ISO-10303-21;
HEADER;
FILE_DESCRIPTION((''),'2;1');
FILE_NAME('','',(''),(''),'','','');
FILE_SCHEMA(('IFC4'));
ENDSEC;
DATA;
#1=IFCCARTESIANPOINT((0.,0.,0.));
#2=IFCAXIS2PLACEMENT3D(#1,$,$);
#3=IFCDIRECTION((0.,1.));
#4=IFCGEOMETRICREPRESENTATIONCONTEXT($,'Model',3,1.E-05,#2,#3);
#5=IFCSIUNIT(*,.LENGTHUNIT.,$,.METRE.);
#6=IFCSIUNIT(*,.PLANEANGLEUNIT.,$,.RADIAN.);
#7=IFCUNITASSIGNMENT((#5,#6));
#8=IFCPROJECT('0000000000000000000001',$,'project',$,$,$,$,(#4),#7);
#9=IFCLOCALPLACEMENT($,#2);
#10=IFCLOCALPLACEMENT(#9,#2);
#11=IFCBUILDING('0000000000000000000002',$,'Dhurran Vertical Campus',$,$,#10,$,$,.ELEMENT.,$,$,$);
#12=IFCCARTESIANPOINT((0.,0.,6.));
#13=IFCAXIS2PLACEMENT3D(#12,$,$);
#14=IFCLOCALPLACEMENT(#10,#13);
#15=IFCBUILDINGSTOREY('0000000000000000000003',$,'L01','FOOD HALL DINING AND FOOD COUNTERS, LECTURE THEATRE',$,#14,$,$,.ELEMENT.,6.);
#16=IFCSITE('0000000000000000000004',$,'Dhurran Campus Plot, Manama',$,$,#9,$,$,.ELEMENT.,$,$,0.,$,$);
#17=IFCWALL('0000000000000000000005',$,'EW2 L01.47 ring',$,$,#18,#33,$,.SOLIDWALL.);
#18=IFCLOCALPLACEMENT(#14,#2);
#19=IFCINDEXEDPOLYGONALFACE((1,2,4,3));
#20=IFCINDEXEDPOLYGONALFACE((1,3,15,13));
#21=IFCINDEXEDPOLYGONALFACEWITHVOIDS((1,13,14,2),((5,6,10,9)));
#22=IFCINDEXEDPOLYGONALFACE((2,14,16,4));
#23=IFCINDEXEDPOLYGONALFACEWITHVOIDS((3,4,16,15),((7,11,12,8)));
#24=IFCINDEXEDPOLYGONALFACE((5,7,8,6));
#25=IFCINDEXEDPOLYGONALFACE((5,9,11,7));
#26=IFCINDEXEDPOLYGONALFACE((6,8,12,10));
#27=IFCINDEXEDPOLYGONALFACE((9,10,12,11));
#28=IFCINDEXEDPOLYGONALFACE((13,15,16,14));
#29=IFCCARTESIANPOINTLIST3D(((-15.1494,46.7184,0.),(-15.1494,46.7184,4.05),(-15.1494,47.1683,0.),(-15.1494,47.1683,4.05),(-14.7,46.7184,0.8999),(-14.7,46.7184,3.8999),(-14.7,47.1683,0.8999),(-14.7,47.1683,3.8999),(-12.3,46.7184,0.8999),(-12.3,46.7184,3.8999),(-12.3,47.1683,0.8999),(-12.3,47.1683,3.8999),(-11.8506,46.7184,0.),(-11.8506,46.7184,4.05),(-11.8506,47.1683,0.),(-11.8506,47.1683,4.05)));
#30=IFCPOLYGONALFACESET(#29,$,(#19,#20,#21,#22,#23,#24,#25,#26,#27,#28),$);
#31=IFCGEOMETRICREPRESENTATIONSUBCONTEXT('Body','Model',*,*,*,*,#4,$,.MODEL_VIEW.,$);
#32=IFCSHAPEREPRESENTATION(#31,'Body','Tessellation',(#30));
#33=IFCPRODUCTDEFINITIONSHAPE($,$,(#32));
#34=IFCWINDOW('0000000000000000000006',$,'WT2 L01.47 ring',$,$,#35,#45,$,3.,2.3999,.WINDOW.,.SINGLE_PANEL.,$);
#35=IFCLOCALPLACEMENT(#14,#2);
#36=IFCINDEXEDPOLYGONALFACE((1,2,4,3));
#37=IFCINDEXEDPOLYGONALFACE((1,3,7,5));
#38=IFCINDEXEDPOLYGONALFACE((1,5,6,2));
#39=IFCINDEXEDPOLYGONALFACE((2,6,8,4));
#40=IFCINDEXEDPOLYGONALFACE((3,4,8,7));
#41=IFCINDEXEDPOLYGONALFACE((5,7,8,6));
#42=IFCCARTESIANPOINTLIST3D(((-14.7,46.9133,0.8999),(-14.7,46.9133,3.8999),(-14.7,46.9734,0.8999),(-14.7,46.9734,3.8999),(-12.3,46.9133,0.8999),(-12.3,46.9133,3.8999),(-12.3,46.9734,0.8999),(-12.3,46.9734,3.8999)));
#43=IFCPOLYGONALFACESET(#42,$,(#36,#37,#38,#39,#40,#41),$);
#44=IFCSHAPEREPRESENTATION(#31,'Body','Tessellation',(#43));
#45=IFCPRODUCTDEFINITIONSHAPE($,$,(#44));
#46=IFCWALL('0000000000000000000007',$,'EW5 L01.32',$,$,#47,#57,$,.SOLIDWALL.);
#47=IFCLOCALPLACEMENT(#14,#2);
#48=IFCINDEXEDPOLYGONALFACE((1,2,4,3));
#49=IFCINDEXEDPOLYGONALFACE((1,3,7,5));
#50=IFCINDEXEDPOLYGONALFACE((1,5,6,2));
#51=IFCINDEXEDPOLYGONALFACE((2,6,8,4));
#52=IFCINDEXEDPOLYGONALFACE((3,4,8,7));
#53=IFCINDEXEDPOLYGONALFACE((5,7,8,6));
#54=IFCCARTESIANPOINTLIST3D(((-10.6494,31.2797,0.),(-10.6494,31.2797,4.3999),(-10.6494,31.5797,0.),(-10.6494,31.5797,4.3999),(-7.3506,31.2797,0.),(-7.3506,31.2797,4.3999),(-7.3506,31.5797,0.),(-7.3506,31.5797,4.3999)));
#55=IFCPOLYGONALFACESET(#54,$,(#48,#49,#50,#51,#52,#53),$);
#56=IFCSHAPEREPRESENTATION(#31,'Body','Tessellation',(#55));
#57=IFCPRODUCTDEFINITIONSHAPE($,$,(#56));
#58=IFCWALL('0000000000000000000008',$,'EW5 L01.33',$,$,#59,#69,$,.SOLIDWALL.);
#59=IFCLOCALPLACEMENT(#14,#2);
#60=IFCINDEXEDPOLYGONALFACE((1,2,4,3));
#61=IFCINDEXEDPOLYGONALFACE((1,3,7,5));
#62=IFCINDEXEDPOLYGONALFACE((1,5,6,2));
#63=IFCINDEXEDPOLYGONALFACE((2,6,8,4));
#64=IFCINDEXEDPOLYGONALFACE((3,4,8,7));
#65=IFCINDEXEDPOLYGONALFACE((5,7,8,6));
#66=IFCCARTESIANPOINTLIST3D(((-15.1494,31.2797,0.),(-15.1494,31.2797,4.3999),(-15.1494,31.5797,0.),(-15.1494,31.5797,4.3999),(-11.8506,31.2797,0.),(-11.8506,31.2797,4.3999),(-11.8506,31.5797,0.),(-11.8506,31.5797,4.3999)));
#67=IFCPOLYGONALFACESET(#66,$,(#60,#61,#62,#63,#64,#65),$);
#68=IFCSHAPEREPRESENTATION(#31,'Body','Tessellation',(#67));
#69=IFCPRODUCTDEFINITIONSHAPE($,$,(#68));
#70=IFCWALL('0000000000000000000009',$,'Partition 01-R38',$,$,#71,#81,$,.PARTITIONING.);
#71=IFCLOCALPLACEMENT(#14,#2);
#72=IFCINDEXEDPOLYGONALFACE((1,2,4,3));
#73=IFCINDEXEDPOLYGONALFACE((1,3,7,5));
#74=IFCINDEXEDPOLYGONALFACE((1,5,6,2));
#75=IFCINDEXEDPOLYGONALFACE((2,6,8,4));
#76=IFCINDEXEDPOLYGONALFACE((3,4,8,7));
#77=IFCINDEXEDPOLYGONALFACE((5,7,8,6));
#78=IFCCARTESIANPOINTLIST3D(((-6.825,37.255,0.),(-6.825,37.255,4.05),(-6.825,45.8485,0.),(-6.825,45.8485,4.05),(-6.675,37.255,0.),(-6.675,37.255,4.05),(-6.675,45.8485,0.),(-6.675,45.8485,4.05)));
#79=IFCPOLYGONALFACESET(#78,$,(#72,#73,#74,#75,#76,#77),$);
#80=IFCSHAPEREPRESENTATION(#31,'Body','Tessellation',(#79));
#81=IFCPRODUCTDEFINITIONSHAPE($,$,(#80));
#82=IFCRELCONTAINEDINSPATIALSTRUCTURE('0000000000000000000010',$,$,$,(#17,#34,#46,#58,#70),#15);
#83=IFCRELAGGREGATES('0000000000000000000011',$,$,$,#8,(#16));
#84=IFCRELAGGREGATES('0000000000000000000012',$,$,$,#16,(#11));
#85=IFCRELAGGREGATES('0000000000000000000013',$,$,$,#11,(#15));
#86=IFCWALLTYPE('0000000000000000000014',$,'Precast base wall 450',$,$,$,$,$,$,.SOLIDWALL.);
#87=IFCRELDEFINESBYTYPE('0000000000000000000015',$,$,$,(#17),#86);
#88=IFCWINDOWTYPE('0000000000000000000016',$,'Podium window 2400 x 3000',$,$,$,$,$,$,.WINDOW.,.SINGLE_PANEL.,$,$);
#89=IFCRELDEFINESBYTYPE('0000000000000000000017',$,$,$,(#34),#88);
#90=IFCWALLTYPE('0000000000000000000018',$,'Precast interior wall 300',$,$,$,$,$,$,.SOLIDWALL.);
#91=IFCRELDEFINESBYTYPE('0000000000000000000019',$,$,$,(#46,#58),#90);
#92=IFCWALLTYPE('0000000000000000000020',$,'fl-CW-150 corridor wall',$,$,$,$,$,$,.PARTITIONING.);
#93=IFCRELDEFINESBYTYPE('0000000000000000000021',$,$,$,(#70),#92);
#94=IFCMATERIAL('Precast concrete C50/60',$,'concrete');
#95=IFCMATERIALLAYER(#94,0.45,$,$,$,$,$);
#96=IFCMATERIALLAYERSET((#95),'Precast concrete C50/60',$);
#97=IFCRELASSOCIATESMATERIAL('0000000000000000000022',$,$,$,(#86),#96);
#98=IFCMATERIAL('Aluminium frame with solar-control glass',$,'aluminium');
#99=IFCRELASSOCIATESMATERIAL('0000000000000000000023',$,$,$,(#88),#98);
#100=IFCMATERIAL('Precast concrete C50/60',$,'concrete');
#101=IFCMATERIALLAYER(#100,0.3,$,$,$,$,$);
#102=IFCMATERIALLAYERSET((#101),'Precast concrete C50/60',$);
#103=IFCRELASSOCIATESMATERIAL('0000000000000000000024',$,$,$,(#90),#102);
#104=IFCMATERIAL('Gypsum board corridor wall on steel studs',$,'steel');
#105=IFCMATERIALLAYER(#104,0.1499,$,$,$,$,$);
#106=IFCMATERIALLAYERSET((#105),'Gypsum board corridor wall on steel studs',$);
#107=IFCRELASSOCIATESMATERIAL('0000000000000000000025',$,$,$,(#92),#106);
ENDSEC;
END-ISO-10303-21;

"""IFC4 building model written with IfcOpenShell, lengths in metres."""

from ifc_helpers import new_model, si_unit, direction, frame, frame_2d, origin, place, context, subcontext, project, spatial, rectangle, extrude, material, layer, layer_set, type_object, element, fill, save


model = new_model("IFC4")

# Units and contexts
model_context = context("Model", 3, precision=1e-05, world=origin(), true_north=direction((0.0, 1.0)))
body_context = subcontext(model_context, "Body", "Model", "MODEL_VIEW")
ifc_project = project(units=[si_unit("LENGTHUNIT", "METRE"), si_unit("PLANEANGLEUNIT", "RADIAN")], contexts=[model_context])

# Site, building, storey
site_placement = place(None, origin())
site = spatial("IfcSite", under=ifc_project, at=site_placement, Name="Dhurran Campus Plot, Manama", CompositionType="ELEMENT", RefElevation=0.0)
building_placement = place(site_placement, origin())
building = spatial("IfcBuilding", under=site, at=building_placement, Name="Dhurran Vertical Campus", CompositionType="ELEMENT")
storey_placement = place(building_placement, frame((0.0, 0.0, 6.0)))
storey = spatial("IfcBuildingStorey", under=building, at=storey_placement, Name="L01", Description="FOOD HALL DINING AND FOOD COUNTERS, LECTURE THEATRE", CompositionType="ELEMENT", Elevation=6.0)

# Wall, opening, window
ifc_material_1 = material(Name="Precast concrete C50/60", Category="concrete")
ifc_layer_1 = layer(ifc_material_1, 0.45)
ifc_layer_set_1 = layer_set([ifc_layer_1], Name="Precast concrete C50/60")
wall_type_1 = type_object("IfcWallType", Name="Precast base wall 450", PredefinedType="SOLIDWALL", material=ifc_layer_set_1)
ifc_material_2 = material(Name="Aluminium frame with solar-control glass", Category="aluminium")
window_type = type_object("IfcWindowType", Name="Podium window 2400 x 3000", PartitioningType="SINGLE_PANEL", PredefinedType="WINDOW", material=ifc_material_2)
wall_1_placement = place(storey_placement, frame((-11.8506, 46.9434, 0.0), z_axis=(0.0, 0.0, 1.0), x_axis=(-1.0, 0.0, 0.0)))
wall_1 = element("IfcWall", 1, at=wall_1_placement, inside=storey, type_object=wall_type_1, Name="EW2 L01.47 ring", PredefinedType="SOLIDWALL", context=body_context, shape_type="SweptSolid", body=[
    extrude(rectangle(XDim=3.2988, YDim=0.45, at=frame_2d((1.6494, 0.0))), origin(), (0.0, 0.0, 1.0), 4.05),
])
opening_1_placement = place(wall_1_placement, frame((0.4495, 0.0, 0.8999)))
opening_1 = element("IfcOpeningElement", 2, at=opening_1_placement, cuts=wall_1, PredefinedType="OPENING", context=body_context, shape_type="SweptSolid", body=[
    extrude(rectangle(XDim=2.3999, YDim=3.0, at=frame_2d((1.2, 1.5))), frame((0.0, 0.2349, 0.0), z_axis=(0.0, -1.0, 0.0), x_axis=(1.0, 0.0, 0.0)), (0.0, 0.0, 1.0), 0.47),
])
window_1_placement = place(opening_1_placement, origin())
window_1 = element("IfcWindow", 3, at=window_1_placement, inside=storey, type_object=window_type, Name="WT2 L01.47 ring", OverallHeight=3.0, OverallWidth=2.3999, PartitioningType="SINGLE_PANEL", PredefinedType="WINDOW", context=body_context, shape_type="SweptSolid", body=[
    extrude(rectangle(XDim=2.3999, YDim=3.0, at=frame_2d((1.2, 1.5))), frame((0.0, 0.03, 0.0), z_axis=(0.0, -1.0, 0.0), x_axis=(1.0, 0.0, 0.0)), (0.0, 0.0, 1.0), 0.0601),
])
fill(opening_1, window_1)

# Walls
ifc_material_3 = material(Name="Precast concrete C50/60", Category="concrete")
ifc_layer_2 = layer(ifc_material_3, 0.3)
ifc_layer_set_2 = layer_set([ifc_layer_2], Name="Precast concrete C50/60")
wall_type_2 = type_object("IfcWallType", Name="Precast interior wall 300", PredefinedType="SOLIDWALL", material=ifc_layer_set_2)
for number, where, z_axis, x_axis, name in (
    (4, (-7.3506, 31.4297, 0.0), (0.0, 0.0, 1.0), (-1.0, 0.0, 0.0), "EW5 L01.32"),
    (5, (-11.8506, 31.4297, 0.0), (0.0, 0.0, 1.0), (-1.0, 0.0, 0.0), "EW5 L01.33"),
):
    element("IfcWall", number, at=place(storey_placement, frame(where, z_axis=z_axis, x_axis=x_axis)), inside=storey, type_object=wall_type_2, Name=name, PredefinedType="SOLIDWALL", context=body_context, shape_type="SweptSolid", body=[
        extrude(rectangle(XDim=3.2988, YDim=0.3, at=frame_2d((1.6494, 0.0))), origin(), (0.0, 0.0, 1.0), 4.3999),
    ])
ifc_material_4 = material(Name="Gypsum board corridor wall on steel studs", Category="steel")
ifc_layer_3 = layer(ifc_material_4, 0.1499)
ifc_layer_set_3 = layer_set([ifc_layer_3], Name="Gypsum board corridor wall on steel studs")
wall_type_3 = type_object("IfcWallType", Name="fl-CW-150 corridor wall", PredefinedType="PARTITIONING", material=ifc_layer_set_3)
wall_2_placement = place(storey_placement, frame((-6.75, 37.2549, 0.0), z_axis=(0.0, 0.0, 1.0), x_axis=(0.0, 1.0, 0.0)))
element("IfcWall", 6, at=wall_2_placement, inside=storey, type_object=wall_type_3, Name="Partition 01-R38", PredefinedType="PARTITIONING", context=body_context, shape_type="SweptSolid", body=[
    extrude(rectangle(XDim=8.5935, YDim=0.1499, at=frame_2d((4.2969, 0.0))), origin(), (0.0, 0.0, 1.0), 4.05),
])

save(model, "model.ifc")
